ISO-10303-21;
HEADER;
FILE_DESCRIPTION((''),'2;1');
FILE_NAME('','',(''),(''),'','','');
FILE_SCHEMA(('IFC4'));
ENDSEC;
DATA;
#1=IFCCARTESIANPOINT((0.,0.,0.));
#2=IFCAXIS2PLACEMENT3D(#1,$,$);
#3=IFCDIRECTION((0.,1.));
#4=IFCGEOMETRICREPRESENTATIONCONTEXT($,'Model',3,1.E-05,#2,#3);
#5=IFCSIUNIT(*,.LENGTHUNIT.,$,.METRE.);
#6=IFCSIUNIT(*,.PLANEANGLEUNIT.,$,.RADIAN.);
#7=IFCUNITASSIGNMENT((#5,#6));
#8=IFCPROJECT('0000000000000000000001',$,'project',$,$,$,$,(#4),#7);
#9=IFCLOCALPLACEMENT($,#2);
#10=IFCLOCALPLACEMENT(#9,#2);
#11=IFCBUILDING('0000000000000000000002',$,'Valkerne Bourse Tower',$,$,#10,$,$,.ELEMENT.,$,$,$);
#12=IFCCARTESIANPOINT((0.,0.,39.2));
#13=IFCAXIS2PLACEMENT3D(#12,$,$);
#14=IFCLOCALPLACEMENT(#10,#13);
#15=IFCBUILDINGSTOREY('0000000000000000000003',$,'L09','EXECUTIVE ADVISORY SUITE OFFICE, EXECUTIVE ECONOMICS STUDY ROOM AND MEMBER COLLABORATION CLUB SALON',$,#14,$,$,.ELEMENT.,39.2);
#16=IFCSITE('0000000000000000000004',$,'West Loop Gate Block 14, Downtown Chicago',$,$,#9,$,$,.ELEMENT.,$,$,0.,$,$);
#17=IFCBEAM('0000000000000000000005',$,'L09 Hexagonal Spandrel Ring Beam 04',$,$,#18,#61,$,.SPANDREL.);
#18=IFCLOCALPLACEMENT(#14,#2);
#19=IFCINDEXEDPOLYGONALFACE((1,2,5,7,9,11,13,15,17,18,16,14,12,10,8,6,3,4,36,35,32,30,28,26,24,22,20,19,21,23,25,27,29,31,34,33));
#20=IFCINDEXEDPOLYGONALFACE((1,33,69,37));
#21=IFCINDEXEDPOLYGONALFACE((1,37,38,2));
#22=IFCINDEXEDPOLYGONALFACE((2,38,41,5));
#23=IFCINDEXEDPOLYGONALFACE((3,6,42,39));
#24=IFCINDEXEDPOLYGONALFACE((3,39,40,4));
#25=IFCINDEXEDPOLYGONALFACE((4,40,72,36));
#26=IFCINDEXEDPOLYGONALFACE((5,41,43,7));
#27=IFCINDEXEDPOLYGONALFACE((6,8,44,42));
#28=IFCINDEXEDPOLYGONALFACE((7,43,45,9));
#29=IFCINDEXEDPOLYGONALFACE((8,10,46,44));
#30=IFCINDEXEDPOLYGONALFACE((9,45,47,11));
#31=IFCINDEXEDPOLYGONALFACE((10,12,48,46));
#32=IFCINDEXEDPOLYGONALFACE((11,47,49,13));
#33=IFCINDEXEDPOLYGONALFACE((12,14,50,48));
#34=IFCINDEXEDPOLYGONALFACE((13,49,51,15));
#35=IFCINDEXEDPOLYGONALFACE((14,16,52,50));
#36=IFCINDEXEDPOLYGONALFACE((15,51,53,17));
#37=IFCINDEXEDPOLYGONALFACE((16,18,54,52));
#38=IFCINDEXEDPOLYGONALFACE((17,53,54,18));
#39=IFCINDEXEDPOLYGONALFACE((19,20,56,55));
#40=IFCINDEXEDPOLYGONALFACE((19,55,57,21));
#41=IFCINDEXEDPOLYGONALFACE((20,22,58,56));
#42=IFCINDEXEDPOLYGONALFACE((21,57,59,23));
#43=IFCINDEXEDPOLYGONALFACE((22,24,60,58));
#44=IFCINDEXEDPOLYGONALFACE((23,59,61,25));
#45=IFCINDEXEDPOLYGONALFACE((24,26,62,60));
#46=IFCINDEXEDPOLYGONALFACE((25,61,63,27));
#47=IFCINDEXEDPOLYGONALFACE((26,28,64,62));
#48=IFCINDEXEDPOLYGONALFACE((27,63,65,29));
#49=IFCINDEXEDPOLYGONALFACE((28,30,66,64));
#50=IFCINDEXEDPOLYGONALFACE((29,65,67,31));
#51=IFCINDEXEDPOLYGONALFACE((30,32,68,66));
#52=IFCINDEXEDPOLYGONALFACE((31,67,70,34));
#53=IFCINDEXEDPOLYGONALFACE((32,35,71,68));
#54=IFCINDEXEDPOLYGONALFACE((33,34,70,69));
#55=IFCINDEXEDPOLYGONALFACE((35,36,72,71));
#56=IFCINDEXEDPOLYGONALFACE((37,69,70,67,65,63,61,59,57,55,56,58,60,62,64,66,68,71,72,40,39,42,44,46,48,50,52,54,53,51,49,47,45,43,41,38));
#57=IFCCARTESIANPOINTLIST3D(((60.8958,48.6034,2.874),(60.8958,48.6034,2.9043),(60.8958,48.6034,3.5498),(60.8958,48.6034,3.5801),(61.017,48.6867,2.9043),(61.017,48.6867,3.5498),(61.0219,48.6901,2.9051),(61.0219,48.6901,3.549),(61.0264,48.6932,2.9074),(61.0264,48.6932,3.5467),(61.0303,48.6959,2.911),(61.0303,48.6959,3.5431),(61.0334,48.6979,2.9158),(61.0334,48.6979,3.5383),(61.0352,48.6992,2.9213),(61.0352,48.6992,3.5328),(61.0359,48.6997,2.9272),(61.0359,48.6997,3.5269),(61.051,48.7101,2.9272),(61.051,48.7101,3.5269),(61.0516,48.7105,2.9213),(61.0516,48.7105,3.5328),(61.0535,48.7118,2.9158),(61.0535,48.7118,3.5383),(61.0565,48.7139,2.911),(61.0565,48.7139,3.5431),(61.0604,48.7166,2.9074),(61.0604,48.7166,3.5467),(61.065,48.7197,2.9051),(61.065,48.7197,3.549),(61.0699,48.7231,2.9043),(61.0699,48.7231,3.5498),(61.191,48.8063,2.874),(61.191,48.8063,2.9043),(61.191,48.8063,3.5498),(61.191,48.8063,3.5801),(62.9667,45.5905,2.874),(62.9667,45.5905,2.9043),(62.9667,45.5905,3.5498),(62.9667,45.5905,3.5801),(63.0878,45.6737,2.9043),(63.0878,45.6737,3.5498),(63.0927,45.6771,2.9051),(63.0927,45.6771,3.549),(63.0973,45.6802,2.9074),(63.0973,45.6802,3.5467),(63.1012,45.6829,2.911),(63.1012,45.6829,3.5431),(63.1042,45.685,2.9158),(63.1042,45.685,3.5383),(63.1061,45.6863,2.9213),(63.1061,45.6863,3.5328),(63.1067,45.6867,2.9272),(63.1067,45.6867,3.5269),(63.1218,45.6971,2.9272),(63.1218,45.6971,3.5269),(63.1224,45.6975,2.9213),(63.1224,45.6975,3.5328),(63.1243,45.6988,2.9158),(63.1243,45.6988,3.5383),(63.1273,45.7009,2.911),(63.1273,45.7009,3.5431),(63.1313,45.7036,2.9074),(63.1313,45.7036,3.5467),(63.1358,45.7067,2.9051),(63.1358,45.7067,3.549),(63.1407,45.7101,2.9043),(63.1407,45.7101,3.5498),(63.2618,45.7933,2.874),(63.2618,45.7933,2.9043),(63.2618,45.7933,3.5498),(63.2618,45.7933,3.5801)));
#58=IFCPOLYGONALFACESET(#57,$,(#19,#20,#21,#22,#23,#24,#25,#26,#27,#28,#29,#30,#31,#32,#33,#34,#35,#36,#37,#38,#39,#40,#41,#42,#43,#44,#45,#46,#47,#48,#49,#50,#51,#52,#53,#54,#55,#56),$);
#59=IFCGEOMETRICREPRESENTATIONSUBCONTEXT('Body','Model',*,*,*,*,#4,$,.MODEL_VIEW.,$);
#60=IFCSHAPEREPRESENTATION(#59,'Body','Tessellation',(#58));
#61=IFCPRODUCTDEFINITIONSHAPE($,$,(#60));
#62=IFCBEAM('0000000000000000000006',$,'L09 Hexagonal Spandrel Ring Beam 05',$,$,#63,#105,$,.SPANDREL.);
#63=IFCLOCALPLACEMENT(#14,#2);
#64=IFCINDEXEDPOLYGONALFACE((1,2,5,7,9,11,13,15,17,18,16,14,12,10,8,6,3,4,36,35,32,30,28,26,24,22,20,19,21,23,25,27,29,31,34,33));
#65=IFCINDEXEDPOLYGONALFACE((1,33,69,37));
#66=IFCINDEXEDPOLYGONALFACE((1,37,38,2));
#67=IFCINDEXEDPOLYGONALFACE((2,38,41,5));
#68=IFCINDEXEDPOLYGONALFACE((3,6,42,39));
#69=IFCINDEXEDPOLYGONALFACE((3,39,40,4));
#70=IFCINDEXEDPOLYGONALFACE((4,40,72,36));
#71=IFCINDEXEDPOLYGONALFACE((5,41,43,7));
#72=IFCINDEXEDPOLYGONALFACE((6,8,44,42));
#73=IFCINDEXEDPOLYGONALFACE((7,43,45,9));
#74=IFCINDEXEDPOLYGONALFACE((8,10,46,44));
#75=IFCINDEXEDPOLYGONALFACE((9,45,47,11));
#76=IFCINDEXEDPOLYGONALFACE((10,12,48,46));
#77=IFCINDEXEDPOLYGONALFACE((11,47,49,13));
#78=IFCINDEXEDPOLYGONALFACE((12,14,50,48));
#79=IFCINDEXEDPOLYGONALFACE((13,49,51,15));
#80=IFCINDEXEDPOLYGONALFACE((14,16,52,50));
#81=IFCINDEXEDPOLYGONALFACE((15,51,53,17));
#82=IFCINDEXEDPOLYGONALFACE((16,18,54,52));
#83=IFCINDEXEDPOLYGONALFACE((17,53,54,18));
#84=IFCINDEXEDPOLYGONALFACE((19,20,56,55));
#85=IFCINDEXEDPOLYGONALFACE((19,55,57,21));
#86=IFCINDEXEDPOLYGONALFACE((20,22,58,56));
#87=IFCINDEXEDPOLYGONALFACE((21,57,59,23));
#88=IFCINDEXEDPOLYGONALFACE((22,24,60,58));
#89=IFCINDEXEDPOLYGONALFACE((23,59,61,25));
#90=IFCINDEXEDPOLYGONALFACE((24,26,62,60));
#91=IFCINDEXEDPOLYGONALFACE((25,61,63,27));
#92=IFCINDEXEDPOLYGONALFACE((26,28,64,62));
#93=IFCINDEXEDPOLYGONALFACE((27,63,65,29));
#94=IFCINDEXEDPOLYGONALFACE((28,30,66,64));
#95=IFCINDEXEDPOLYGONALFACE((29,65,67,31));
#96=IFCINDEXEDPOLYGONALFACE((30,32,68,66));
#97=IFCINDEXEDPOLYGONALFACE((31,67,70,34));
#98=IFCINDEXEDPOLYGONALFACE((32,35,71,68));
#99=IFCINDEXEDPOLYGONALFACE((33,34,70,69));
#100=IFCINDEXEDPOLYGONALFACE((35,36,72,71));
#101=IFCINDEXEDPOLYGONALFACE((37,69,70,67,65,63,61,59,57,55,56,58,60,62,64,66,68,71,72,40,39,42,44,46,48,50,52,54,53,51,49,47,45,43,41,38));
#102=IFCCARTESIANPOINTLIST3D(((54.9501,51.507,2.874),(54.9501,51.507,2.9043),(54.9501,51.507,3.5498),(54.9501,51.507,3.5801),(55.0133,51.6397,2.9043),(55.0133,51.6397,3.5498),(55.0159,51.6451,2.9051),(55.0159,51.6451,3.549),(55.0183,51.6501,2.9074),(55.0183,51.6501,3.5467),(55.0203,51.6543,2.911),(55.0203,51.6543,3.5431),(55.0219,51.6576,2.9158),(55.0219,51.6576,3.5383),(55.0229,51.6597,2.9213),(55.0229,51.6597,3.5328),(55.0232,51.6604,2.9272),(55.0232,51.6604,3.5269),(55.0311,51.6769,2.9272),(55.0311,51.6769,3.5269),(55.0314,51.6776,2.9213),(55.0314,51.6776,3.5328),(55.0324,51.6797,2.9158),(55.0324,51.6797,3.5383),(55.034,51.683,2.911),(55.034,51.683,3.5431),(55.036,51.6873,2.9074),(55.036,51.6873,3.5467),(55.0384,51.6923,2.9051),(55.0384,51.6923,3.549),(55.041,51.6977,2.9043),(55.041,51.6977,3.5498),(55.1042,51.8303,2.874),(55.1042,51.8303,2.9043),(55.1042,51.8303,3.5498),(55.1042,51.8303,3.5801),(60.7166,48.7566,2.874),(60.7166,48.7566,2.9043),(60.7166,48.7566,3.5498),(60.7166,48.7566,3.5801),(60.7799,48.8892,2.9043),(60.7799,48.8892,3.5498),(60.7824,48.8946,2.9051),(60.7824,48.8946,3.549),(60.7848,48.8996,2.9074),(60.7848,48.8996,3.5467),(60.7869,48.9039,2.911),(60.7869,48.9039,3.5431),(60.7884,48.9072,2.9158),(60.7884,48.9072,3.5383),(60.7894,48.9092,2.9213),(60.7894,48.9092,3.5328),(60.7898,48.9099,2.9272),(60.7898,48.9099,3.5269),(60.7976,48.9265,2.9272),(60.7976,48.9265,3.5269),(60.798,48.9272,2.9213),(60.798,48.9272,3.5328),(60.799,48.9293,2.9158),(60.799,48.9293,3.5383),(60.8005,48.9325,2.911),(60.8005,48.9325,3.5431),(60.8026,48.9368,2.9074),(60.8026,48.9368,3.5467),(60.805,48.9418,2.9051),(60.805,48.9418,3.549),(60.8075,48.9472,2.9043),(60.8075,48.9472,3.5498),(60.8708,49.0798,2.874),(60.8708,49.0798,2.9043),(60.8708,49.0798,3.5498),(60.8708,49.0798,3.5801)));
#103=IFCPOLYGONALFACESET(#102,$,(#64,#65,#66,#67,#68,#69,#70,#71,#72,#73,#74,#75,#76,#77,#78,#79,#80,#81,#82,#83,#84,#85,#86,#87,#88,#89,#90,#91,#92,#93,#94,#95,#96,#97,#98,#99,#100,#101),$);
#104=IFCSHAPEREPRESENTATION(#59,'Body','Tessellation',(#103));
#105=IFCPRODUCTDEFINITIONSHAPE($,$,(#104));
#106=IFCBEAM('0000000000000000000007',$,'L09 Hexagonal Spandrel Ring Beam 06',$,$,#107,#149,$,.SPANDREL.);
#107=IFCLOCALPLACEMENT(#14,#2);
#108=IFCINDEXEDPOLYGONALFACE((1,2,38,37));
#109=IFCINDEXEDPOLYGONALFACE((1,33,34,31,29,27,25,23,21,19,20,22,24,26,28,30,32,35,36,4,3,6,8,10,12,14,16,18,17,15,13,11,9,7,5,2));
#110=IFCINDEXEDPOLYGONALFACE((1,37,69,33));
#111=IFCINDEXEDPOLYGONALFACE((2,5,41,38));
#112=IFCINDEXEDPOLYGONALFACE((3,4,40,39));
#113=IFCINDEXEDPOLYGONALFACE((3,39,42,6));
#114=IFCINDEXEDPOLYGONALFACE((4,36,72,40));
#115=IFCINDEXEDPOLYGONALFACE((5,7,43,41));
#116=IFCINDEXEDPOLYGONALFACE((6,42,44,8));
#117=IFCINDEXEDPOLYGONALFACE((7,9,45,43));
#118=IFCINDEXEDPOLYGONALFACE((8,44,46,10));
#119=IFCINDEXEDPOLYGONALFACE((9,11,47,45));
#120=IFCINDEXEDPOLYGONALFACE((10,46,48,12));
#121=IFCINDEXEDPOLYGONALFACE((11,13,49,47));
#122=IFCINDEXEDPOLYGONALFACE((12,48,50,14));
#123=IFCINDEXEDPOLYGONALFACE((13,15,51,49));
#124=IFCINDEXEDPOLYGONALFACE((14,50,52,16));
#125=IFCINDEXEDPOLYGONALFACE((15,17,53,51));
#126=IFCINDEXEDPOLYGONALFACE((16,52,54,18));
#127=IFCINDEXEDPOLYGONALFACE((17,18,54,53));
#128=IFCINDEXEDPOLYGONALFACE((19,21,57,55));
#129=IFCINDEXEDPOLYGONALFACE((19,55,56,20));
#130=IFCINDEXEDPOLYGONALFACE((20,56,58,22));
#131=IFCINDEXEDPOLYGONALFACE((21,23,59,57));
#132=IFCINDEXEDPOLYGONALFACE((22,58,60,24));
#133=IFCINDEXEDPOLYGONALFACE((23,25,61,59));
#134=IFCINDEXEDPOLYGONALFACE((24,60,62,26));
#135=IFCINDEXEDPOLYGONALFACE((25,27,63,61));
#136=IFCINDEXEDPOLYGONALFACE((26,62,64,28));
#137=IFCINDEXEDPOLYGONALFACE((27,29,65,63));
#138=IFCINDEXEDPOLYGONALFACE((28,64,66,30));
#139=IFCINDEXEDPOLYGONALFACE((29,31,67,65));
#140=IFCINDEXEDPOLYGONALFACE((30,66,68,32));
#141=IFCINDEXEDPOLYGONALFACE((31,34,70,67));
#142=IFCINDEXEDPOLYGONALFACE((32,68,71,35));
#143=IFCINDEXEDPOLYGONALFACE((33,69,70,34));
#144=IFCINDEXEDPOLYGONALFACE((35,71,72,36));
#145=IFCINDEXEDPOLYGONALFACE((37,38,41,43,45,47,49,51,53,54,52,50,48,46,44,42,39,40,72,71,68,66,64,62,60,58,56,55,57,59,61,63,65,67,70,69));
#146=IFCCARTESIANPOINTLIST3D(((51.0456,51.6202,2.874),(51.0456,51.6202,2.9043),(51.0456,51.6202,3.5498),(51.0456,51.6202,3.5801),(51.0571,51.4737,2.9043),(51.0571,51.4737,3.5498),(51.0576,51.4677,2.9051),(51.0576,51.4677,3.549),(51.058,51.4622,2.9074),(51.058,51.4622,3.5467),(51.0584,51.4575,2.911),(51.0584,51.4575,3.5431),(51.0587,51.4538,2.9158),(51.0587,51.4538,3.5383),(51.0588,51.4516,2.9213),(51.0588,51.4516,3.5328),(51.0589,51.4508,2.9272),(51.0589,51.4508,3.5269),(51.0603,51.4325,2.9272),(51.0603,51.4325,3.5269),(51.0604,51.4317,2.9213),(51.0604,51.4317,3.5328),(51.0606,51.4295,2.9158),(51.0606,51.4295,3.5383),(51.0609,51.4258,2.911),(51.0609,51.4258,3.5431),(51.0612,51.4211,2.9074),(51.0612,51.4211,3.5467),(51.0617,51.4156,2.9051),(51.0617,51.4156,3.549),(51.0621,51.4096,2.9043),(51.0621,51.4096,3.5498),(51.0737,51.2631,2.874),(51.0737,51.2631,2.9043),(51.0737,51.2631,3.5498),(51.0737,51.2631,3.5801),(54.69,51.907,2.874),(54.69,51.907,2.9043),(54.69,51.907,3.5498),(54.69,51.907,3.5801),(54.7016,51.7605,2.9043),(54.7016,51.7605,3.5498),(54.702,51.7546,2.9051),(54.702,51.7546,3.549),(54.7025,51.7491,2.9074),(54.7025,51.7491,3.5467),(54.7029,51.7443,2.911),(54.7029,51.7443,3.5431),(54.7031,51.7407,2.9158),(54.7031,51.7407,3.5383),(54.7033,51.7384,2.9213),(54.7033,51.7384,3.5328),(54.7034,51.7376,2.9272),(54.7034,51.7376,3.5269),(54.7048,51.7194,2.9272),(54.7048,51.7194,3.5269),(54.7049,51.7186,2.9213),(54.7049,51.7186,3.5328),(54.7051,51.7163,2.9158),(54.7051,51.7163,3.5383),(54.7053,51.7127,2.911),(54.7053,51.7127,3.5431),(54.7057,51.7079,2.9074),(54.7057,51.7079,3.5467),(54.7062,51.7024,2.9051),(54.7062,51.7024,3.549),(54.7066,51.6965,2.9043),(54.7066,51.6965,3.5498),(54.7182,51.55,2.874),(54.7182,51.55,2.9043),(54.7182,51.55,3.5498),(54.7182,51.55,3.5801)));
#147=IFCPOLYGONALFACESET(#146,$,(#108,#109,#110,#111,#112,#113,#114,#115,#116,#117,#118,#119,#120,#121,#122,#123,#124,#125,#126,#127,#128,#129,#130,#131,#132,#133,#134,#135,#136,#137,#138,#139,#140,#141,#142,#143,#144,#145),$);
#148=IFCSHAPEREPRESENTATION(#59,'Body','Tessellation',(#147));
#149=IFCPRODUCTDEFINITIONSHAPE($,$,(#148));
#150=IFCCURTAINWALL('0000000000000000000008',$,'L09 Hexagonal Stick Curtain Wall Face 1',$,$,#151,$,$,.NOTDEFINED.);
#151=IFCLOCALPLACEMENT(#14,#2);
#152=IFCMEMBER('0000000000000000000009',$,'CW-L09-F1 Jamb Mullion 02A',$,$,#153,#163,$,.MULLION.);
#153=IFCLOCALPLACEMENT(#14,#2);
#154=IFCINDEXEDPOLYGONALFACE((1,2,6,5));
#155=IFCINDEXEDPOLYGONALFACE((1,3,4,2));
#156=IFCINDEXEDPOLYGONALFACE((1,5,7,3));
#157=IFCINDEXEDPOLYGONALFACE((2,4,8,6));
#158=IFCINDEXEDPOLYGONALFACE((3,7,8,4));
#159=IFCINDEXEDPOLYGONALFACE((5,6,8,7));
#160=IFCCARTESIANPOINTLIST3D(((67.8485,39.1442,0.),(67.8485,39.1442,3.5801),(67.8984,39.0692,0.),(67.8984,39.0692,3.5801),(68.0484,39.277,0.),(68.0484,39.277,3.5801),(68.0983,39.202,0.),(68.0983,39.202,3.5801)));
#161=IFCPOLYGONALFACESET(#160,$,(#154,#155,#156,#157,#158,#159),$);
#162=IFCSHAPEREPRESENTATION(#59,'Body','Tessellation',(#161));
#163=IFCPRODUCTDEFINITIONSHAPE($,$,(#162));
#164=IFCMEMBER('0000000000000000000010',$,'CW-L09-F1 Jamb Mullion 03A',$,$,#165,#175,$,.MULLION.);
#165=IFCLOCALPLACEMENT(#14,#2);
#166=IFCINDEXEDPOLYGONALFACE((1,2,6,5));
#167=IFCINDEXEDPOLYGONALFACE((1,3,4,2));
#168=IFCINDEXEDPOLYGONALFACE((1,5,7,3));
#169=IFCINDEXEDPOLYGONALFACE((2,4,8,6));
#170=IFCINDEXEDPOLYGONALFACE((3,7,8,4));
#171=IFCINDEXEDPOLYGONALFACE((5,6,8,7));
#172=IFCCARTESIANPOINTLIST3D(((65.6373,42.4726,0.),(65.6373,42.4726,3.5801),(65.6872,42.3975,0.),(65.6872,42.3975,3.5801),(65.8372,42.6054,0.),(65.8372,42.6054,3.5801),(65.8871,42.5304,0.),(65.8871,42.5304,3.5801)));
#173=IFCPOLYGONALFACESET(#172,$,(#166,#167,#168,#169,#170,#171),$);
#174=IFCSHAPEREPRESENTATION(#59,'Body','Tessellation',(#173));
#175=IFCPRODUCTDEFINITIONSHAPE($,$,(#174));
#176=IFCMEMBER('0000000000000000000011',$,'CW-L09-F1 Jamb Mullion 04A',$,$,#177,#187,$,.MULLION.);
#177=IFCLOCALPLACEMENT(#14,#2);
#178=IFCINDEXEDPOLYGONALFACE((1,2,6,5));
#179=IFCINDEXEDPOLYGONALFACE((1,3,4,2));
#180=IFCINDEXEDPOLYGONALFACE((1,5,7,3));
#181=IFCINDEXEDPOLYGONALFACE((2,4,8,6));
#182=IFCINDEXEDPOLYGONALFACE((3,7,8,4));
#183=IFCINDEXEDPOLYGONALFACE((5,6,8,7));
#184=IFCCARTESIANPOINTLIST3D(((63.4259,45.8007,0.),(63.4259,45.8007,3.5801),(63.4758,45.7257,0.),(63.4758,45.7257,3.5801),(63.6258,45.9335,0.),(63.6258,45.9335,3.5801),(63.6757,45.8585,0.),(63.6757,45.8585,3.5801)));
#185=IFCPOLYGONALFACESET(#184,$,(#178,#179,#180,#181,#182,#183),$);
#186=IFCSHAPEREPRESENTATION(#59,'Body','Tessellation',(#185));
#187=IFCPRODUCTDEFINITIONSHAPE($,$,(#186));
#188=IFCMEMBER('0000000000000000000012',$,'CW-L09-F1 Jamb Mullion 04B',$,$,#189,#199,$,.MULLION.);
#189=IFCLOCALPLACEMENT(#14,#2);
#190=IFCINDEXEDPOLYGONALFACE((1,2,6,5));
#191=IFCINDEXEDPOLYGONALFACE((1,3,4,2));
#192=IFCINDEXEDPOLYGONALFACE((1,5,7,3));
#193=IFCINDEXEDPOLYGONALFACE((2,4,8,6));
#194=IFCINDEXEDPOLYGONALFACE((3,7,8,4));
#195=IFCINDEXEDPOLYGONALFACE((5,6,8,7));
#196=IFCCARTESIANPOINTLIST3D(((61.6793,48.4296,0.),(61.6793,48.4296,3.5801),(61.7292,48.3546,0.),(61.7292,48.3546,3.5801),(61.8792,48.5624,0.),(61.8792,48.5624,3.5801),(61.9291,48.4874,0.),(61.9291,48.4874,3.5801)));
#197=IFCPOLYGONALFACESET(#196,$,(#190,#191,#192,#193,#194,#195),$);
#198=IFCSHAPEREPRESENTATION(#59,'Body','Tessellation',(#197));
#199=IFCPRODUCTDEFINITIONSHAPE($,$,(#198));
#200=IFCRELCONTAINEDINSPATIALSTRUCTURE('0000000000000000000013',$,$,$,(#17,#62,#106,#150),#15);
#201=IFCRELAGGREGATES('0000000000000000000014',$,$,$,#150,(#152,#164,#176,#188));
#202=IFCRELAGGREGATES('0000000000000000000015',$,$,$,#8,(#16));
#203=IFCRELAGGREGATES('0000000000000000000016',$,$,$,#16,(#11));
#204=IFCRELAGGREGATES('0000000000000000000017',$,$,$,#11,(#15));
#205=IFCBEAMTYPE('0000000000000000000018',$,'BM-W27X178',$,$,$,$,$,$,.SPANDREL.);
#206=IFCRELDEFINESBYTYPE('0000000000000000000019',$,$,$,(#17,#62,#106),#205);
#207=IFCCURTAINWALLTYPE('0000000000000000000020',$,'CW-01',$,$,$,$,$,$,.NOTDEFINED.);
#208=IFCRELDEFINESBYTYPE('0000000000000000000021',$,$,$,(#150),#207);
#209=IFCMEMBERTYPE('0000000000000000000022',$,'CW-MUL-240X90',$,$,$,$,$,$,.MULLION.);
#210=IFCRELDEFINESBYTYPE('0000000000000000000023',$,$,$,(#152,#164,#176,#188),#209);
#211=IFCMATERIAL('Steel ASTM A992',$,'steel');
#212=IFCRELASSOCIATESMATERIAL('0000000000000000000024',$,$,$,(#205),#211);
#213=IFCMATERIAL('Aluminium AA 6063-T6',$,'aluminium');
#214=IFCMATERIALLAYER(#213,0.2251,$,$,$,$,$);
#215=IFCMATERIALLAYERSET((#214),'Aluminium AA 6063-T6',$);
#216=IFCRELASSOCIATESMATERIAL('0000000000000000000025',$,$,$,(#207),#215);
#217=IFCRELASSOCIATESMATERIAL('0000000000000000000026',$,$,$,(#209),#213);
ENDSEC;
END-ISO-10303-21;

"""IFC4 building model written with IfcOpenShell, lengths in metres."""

from ifc_helpers import new_model, si_unit, direction, frame, origin, origin_2d, place, context, subcontext, project, spatial, rectangle, i_section, extrude, material, layer, layer_set, material_profile, profile_set, type_object, element, aggregate, save


model = new_model("IFC4")

# Units and contexts
model_context = context("Model", 3, precision=1e-05, world=origin(), true_north=direction((0.0, 1.0)))
body_context = subcontext(model_context, "Body", "Model", "MODEL_VIEW")
ifc_project = project(units=[si_unit("LENGTHUNIT", "METRE"), si_unit("PLANEANGLEUNIT", "RADIAN")], contexts=[model_context])

# Site, building, storey
site_placement = place(None, origin())
site = spatial("IfcSite", under=ifc_project, at=site_placement, Name="West Loop Gate Block 14, Downtown Chicago", CompositionType="ELEMENT", RefElevation=0.0)
building_placement = place(site_placement, origin())
building = spatial("IfcBuilding", under=site, at=building_placement, Name="Valkerne Bourse Tower", CompositionType="ELEMENT")
storey_placement = place(building_placement, frame((0.0, 0.0, 39.2)))
storey = spatial("IfcBuildingStorey", under=building, at=storey_placement, Name="L09", Description="EXECUTIVE ADVISORY SUITE OFFICE, EXECUTIVE ECONOMICS STUDY ROOM AND MEMBER COLLABORATION CLUB SALON", CompositionType="ELEMENT", Elevation=39.2)

# Beams
ifc_material_1 = material(Name="Steel ASTM A992", Category="steel")
ifc_material_profile_1 = material_profile(ifc_material_1, i_section(OverallWidth=0.3582, OverallDepth=0.7061, WebThickness=0.0183, FlangeThickness=0.0303, FilletRadius=0.0229, at=origin_2d()), Name="W27X178")
ifc_profile_set_1 = profile_set([ifc_material_profile_1], Name="Steel ASTM A992")
beam_type = type_object("IfcBeamType", Name="BM-W27X178", PredefinedType="SPANDREL", material=ifc_profile_set_1)
for number, where, z_axis, x_axis, name in (
    (1, (63.1143, 45.6919, 3.2271), (-0.566418, 0.824118, 0.0), (-0.824118, -0.566418, 0.0), "L09 Hexagonal Spandrel Ring Beam 04"),
):
    element("IfcBeam", number, at=place(storey_placement, frame(where, z_axis=z_axis, x_axis=x_axis)), inside=storey, type_object=beam_type, Name=name, PredefinedType="SPANDREL", context=body_context, shape_type="SweptSolid", body=[
        extrude(i_section(OverallWidth=0.3582, OverallDepth=0.7061, WebThickness=0.0183, FlangeThickness=0.0303, FilletRadius=0.0229, at=origin_2d()), origin(), (0.0, 0.0, 1.0), 3.656),
    ])
beam_1_placement = place(storey_placement, frame((60.7937, 48.9182, 3.2271), z_axis=(-0.902588, 0.430506, 0.0), x_axis=(-0.430506, -0.902588, 0.0)))
element("IfcBeam", 2, at=beam_1_placement, inside=storey, type_object=beam_type, Name="L09 Hexagonal Spandrel Ring Beam 05", PredefinedType="SPANDREL", context=body_context, shape_type="SweptSolid", body=[
    extrude(i_section(OverallWidth=0.3582, OverallDepth=0.7061, WebThickness=0.0183, FlangeThickness=0.0303, FilletRadius=0.0229, at=origin_2d()), origin(), (0.0, 0.0, 1.0), 6.3889),
])
beam_2_placement = place(storey_placement, frame((54.7041, 51.7285, 3.2271), z_axis=(-0.996917, -0.078468, 0.0), x_axis=(0.078468, -0.996917, 0.0)))
element("IfcBeam", 3, at=beam_2_placement, inside=storey, type_object=beam_type, Name="L09 Hexagonal Spandrel Ring Beam 06", PredefinedType="SPANDREL", context=body_context, shape_type="SweptSolid", body=[
    extrude(i_section(OverallWidth=0.3582, OverallDepth=0.7061, WebThickness=0.0183, FlangeThickness=0.0303, FilletRadius=0.0229, at=origin_2d()), origin(), (0.0, 0.0, 1.0), 3.6558),
])

# Curtain wall, members
ifc_material_2 = material(Name="Aluminium AA 6063-T6", Category="aluminium")
ifc_layer_1 = layer(ifc_material_2, 0.2251)
ifc_layer_set_1 = layer_set([ifc_layer_1], Name="Aluminium AA 6063-T6")
curtain_wall_type = type_object("IfcCurtainWallType", Name="CW-01", PredefinedType="NOTDEFINED", material=ifc_layer_set_1)
curtain_wall_1_placement = place(storey_placement, origin())
curtain_wall_1 = element("IfcCurtainWall", 4, at=curtain_wall_1_placement, inside=storey, type_object=curtain_wall_type, Name="L09 Hexagonal Stick Curtain Wall Face 1", PredefinedType="NOTDEFINED")
ifc_material_profile_2 = material_profile(ifc_material_2, rectangle(XDim=0.0901, YDim=0.24, at=origin_2d()), Name="CWM-90X240")
ifc_profile_set_2 = profile_set([ifc_material_profile_2], Name="Aluminium AA 6063-T6")
member_type_1 = type_object("IfcMemberType", Name="CW-MUL-240X90", PredefinedType="MULLION", material=ifc_profile_set_2)
member_1_placement = place(storey_placement, frame((67.9734, 39.1731, 0.0), z_axis=(0.0, 0.0, 1.0), x_axis=(-0.553377, 0.832931, 0.0)))
member_1 = element("IfcMember", 5, at=member_1_placement, type_object=member_type_1, Name="CW-L09-F1 Jamb Mullion 02A", PredefinedType="MULLION", context=body_context, shape_type="SweptSolid", body=[
    extrude(rectangle(XDim=0.0901, YDim=0.24, at=origin_2d()), origin(), (0.0, 0.0, 1.0), 3.5801),
])
member_2_placement = place(storey_placement, frame((65.7622, 42.5015, 0.0), z_axis=(0.0, 0.0, 1.0), x_axis=(-0.553406, 0.832912, 0.0)))
member_2 = element("IfcMember", 6, at=member_2_placement, type_object=member_type_1, Name="CW-L09-F1 Jamb Mullion 03A", PredefinedType="MULLION", context=body_context, shape_type="SweptSolid", body=[
    extrude(rectangle(XDim=0.0901, YDim=0.24, at=origin_2d()), origin(), (0.0, 0.0, 1.0), 3.5801),
])
member_3_placement = place(storey_placement, frame((63.5508, 45.8296, 0.0), z_axis=(0.0, 0.0, 1.0), x_axis=(-0.553377, 0.832931, 0.0)))
member_3 = element("IfcMember", 7, at=member_3_placement, type_object=member_type_1, Name="CW-L09-F1 Jamb Mullion 04A", PredefinedType="MULLION", context=body_context, shape_type="SweptSolid", body=[
    extrude(rectangle(XDim=0.0901, YDim=0.24, at=origin_2d()), origin(), (0.0, 0.0, 1.0), 3.5801),
])
member_4_placement = place(storey_placement, frame((61.8042, 48.4585, 0.0), z_axis=(0.0, 0.0, 1.0), x_axis=(-0.553377, 0.832931, 0.0)))
member_4 = element("IfcMember", 8, at=member_4_placement, type_object=member_type_1, Name="CW-L09-F1 Jamb Mullion 04B", PredefinedType="MULLION", context=body_context, shape_type="SweptSolid", body=[
    extrude(rectangle(XDim=0.0901, YDim=0.24, at=origin_2d()), origin(), (0.0, 0.0, 1.0), 3.5801),
])

aggregate(curtain_wall_1, [member_1, member_2, member_3, member_4])

save(model, "model.ifc")
